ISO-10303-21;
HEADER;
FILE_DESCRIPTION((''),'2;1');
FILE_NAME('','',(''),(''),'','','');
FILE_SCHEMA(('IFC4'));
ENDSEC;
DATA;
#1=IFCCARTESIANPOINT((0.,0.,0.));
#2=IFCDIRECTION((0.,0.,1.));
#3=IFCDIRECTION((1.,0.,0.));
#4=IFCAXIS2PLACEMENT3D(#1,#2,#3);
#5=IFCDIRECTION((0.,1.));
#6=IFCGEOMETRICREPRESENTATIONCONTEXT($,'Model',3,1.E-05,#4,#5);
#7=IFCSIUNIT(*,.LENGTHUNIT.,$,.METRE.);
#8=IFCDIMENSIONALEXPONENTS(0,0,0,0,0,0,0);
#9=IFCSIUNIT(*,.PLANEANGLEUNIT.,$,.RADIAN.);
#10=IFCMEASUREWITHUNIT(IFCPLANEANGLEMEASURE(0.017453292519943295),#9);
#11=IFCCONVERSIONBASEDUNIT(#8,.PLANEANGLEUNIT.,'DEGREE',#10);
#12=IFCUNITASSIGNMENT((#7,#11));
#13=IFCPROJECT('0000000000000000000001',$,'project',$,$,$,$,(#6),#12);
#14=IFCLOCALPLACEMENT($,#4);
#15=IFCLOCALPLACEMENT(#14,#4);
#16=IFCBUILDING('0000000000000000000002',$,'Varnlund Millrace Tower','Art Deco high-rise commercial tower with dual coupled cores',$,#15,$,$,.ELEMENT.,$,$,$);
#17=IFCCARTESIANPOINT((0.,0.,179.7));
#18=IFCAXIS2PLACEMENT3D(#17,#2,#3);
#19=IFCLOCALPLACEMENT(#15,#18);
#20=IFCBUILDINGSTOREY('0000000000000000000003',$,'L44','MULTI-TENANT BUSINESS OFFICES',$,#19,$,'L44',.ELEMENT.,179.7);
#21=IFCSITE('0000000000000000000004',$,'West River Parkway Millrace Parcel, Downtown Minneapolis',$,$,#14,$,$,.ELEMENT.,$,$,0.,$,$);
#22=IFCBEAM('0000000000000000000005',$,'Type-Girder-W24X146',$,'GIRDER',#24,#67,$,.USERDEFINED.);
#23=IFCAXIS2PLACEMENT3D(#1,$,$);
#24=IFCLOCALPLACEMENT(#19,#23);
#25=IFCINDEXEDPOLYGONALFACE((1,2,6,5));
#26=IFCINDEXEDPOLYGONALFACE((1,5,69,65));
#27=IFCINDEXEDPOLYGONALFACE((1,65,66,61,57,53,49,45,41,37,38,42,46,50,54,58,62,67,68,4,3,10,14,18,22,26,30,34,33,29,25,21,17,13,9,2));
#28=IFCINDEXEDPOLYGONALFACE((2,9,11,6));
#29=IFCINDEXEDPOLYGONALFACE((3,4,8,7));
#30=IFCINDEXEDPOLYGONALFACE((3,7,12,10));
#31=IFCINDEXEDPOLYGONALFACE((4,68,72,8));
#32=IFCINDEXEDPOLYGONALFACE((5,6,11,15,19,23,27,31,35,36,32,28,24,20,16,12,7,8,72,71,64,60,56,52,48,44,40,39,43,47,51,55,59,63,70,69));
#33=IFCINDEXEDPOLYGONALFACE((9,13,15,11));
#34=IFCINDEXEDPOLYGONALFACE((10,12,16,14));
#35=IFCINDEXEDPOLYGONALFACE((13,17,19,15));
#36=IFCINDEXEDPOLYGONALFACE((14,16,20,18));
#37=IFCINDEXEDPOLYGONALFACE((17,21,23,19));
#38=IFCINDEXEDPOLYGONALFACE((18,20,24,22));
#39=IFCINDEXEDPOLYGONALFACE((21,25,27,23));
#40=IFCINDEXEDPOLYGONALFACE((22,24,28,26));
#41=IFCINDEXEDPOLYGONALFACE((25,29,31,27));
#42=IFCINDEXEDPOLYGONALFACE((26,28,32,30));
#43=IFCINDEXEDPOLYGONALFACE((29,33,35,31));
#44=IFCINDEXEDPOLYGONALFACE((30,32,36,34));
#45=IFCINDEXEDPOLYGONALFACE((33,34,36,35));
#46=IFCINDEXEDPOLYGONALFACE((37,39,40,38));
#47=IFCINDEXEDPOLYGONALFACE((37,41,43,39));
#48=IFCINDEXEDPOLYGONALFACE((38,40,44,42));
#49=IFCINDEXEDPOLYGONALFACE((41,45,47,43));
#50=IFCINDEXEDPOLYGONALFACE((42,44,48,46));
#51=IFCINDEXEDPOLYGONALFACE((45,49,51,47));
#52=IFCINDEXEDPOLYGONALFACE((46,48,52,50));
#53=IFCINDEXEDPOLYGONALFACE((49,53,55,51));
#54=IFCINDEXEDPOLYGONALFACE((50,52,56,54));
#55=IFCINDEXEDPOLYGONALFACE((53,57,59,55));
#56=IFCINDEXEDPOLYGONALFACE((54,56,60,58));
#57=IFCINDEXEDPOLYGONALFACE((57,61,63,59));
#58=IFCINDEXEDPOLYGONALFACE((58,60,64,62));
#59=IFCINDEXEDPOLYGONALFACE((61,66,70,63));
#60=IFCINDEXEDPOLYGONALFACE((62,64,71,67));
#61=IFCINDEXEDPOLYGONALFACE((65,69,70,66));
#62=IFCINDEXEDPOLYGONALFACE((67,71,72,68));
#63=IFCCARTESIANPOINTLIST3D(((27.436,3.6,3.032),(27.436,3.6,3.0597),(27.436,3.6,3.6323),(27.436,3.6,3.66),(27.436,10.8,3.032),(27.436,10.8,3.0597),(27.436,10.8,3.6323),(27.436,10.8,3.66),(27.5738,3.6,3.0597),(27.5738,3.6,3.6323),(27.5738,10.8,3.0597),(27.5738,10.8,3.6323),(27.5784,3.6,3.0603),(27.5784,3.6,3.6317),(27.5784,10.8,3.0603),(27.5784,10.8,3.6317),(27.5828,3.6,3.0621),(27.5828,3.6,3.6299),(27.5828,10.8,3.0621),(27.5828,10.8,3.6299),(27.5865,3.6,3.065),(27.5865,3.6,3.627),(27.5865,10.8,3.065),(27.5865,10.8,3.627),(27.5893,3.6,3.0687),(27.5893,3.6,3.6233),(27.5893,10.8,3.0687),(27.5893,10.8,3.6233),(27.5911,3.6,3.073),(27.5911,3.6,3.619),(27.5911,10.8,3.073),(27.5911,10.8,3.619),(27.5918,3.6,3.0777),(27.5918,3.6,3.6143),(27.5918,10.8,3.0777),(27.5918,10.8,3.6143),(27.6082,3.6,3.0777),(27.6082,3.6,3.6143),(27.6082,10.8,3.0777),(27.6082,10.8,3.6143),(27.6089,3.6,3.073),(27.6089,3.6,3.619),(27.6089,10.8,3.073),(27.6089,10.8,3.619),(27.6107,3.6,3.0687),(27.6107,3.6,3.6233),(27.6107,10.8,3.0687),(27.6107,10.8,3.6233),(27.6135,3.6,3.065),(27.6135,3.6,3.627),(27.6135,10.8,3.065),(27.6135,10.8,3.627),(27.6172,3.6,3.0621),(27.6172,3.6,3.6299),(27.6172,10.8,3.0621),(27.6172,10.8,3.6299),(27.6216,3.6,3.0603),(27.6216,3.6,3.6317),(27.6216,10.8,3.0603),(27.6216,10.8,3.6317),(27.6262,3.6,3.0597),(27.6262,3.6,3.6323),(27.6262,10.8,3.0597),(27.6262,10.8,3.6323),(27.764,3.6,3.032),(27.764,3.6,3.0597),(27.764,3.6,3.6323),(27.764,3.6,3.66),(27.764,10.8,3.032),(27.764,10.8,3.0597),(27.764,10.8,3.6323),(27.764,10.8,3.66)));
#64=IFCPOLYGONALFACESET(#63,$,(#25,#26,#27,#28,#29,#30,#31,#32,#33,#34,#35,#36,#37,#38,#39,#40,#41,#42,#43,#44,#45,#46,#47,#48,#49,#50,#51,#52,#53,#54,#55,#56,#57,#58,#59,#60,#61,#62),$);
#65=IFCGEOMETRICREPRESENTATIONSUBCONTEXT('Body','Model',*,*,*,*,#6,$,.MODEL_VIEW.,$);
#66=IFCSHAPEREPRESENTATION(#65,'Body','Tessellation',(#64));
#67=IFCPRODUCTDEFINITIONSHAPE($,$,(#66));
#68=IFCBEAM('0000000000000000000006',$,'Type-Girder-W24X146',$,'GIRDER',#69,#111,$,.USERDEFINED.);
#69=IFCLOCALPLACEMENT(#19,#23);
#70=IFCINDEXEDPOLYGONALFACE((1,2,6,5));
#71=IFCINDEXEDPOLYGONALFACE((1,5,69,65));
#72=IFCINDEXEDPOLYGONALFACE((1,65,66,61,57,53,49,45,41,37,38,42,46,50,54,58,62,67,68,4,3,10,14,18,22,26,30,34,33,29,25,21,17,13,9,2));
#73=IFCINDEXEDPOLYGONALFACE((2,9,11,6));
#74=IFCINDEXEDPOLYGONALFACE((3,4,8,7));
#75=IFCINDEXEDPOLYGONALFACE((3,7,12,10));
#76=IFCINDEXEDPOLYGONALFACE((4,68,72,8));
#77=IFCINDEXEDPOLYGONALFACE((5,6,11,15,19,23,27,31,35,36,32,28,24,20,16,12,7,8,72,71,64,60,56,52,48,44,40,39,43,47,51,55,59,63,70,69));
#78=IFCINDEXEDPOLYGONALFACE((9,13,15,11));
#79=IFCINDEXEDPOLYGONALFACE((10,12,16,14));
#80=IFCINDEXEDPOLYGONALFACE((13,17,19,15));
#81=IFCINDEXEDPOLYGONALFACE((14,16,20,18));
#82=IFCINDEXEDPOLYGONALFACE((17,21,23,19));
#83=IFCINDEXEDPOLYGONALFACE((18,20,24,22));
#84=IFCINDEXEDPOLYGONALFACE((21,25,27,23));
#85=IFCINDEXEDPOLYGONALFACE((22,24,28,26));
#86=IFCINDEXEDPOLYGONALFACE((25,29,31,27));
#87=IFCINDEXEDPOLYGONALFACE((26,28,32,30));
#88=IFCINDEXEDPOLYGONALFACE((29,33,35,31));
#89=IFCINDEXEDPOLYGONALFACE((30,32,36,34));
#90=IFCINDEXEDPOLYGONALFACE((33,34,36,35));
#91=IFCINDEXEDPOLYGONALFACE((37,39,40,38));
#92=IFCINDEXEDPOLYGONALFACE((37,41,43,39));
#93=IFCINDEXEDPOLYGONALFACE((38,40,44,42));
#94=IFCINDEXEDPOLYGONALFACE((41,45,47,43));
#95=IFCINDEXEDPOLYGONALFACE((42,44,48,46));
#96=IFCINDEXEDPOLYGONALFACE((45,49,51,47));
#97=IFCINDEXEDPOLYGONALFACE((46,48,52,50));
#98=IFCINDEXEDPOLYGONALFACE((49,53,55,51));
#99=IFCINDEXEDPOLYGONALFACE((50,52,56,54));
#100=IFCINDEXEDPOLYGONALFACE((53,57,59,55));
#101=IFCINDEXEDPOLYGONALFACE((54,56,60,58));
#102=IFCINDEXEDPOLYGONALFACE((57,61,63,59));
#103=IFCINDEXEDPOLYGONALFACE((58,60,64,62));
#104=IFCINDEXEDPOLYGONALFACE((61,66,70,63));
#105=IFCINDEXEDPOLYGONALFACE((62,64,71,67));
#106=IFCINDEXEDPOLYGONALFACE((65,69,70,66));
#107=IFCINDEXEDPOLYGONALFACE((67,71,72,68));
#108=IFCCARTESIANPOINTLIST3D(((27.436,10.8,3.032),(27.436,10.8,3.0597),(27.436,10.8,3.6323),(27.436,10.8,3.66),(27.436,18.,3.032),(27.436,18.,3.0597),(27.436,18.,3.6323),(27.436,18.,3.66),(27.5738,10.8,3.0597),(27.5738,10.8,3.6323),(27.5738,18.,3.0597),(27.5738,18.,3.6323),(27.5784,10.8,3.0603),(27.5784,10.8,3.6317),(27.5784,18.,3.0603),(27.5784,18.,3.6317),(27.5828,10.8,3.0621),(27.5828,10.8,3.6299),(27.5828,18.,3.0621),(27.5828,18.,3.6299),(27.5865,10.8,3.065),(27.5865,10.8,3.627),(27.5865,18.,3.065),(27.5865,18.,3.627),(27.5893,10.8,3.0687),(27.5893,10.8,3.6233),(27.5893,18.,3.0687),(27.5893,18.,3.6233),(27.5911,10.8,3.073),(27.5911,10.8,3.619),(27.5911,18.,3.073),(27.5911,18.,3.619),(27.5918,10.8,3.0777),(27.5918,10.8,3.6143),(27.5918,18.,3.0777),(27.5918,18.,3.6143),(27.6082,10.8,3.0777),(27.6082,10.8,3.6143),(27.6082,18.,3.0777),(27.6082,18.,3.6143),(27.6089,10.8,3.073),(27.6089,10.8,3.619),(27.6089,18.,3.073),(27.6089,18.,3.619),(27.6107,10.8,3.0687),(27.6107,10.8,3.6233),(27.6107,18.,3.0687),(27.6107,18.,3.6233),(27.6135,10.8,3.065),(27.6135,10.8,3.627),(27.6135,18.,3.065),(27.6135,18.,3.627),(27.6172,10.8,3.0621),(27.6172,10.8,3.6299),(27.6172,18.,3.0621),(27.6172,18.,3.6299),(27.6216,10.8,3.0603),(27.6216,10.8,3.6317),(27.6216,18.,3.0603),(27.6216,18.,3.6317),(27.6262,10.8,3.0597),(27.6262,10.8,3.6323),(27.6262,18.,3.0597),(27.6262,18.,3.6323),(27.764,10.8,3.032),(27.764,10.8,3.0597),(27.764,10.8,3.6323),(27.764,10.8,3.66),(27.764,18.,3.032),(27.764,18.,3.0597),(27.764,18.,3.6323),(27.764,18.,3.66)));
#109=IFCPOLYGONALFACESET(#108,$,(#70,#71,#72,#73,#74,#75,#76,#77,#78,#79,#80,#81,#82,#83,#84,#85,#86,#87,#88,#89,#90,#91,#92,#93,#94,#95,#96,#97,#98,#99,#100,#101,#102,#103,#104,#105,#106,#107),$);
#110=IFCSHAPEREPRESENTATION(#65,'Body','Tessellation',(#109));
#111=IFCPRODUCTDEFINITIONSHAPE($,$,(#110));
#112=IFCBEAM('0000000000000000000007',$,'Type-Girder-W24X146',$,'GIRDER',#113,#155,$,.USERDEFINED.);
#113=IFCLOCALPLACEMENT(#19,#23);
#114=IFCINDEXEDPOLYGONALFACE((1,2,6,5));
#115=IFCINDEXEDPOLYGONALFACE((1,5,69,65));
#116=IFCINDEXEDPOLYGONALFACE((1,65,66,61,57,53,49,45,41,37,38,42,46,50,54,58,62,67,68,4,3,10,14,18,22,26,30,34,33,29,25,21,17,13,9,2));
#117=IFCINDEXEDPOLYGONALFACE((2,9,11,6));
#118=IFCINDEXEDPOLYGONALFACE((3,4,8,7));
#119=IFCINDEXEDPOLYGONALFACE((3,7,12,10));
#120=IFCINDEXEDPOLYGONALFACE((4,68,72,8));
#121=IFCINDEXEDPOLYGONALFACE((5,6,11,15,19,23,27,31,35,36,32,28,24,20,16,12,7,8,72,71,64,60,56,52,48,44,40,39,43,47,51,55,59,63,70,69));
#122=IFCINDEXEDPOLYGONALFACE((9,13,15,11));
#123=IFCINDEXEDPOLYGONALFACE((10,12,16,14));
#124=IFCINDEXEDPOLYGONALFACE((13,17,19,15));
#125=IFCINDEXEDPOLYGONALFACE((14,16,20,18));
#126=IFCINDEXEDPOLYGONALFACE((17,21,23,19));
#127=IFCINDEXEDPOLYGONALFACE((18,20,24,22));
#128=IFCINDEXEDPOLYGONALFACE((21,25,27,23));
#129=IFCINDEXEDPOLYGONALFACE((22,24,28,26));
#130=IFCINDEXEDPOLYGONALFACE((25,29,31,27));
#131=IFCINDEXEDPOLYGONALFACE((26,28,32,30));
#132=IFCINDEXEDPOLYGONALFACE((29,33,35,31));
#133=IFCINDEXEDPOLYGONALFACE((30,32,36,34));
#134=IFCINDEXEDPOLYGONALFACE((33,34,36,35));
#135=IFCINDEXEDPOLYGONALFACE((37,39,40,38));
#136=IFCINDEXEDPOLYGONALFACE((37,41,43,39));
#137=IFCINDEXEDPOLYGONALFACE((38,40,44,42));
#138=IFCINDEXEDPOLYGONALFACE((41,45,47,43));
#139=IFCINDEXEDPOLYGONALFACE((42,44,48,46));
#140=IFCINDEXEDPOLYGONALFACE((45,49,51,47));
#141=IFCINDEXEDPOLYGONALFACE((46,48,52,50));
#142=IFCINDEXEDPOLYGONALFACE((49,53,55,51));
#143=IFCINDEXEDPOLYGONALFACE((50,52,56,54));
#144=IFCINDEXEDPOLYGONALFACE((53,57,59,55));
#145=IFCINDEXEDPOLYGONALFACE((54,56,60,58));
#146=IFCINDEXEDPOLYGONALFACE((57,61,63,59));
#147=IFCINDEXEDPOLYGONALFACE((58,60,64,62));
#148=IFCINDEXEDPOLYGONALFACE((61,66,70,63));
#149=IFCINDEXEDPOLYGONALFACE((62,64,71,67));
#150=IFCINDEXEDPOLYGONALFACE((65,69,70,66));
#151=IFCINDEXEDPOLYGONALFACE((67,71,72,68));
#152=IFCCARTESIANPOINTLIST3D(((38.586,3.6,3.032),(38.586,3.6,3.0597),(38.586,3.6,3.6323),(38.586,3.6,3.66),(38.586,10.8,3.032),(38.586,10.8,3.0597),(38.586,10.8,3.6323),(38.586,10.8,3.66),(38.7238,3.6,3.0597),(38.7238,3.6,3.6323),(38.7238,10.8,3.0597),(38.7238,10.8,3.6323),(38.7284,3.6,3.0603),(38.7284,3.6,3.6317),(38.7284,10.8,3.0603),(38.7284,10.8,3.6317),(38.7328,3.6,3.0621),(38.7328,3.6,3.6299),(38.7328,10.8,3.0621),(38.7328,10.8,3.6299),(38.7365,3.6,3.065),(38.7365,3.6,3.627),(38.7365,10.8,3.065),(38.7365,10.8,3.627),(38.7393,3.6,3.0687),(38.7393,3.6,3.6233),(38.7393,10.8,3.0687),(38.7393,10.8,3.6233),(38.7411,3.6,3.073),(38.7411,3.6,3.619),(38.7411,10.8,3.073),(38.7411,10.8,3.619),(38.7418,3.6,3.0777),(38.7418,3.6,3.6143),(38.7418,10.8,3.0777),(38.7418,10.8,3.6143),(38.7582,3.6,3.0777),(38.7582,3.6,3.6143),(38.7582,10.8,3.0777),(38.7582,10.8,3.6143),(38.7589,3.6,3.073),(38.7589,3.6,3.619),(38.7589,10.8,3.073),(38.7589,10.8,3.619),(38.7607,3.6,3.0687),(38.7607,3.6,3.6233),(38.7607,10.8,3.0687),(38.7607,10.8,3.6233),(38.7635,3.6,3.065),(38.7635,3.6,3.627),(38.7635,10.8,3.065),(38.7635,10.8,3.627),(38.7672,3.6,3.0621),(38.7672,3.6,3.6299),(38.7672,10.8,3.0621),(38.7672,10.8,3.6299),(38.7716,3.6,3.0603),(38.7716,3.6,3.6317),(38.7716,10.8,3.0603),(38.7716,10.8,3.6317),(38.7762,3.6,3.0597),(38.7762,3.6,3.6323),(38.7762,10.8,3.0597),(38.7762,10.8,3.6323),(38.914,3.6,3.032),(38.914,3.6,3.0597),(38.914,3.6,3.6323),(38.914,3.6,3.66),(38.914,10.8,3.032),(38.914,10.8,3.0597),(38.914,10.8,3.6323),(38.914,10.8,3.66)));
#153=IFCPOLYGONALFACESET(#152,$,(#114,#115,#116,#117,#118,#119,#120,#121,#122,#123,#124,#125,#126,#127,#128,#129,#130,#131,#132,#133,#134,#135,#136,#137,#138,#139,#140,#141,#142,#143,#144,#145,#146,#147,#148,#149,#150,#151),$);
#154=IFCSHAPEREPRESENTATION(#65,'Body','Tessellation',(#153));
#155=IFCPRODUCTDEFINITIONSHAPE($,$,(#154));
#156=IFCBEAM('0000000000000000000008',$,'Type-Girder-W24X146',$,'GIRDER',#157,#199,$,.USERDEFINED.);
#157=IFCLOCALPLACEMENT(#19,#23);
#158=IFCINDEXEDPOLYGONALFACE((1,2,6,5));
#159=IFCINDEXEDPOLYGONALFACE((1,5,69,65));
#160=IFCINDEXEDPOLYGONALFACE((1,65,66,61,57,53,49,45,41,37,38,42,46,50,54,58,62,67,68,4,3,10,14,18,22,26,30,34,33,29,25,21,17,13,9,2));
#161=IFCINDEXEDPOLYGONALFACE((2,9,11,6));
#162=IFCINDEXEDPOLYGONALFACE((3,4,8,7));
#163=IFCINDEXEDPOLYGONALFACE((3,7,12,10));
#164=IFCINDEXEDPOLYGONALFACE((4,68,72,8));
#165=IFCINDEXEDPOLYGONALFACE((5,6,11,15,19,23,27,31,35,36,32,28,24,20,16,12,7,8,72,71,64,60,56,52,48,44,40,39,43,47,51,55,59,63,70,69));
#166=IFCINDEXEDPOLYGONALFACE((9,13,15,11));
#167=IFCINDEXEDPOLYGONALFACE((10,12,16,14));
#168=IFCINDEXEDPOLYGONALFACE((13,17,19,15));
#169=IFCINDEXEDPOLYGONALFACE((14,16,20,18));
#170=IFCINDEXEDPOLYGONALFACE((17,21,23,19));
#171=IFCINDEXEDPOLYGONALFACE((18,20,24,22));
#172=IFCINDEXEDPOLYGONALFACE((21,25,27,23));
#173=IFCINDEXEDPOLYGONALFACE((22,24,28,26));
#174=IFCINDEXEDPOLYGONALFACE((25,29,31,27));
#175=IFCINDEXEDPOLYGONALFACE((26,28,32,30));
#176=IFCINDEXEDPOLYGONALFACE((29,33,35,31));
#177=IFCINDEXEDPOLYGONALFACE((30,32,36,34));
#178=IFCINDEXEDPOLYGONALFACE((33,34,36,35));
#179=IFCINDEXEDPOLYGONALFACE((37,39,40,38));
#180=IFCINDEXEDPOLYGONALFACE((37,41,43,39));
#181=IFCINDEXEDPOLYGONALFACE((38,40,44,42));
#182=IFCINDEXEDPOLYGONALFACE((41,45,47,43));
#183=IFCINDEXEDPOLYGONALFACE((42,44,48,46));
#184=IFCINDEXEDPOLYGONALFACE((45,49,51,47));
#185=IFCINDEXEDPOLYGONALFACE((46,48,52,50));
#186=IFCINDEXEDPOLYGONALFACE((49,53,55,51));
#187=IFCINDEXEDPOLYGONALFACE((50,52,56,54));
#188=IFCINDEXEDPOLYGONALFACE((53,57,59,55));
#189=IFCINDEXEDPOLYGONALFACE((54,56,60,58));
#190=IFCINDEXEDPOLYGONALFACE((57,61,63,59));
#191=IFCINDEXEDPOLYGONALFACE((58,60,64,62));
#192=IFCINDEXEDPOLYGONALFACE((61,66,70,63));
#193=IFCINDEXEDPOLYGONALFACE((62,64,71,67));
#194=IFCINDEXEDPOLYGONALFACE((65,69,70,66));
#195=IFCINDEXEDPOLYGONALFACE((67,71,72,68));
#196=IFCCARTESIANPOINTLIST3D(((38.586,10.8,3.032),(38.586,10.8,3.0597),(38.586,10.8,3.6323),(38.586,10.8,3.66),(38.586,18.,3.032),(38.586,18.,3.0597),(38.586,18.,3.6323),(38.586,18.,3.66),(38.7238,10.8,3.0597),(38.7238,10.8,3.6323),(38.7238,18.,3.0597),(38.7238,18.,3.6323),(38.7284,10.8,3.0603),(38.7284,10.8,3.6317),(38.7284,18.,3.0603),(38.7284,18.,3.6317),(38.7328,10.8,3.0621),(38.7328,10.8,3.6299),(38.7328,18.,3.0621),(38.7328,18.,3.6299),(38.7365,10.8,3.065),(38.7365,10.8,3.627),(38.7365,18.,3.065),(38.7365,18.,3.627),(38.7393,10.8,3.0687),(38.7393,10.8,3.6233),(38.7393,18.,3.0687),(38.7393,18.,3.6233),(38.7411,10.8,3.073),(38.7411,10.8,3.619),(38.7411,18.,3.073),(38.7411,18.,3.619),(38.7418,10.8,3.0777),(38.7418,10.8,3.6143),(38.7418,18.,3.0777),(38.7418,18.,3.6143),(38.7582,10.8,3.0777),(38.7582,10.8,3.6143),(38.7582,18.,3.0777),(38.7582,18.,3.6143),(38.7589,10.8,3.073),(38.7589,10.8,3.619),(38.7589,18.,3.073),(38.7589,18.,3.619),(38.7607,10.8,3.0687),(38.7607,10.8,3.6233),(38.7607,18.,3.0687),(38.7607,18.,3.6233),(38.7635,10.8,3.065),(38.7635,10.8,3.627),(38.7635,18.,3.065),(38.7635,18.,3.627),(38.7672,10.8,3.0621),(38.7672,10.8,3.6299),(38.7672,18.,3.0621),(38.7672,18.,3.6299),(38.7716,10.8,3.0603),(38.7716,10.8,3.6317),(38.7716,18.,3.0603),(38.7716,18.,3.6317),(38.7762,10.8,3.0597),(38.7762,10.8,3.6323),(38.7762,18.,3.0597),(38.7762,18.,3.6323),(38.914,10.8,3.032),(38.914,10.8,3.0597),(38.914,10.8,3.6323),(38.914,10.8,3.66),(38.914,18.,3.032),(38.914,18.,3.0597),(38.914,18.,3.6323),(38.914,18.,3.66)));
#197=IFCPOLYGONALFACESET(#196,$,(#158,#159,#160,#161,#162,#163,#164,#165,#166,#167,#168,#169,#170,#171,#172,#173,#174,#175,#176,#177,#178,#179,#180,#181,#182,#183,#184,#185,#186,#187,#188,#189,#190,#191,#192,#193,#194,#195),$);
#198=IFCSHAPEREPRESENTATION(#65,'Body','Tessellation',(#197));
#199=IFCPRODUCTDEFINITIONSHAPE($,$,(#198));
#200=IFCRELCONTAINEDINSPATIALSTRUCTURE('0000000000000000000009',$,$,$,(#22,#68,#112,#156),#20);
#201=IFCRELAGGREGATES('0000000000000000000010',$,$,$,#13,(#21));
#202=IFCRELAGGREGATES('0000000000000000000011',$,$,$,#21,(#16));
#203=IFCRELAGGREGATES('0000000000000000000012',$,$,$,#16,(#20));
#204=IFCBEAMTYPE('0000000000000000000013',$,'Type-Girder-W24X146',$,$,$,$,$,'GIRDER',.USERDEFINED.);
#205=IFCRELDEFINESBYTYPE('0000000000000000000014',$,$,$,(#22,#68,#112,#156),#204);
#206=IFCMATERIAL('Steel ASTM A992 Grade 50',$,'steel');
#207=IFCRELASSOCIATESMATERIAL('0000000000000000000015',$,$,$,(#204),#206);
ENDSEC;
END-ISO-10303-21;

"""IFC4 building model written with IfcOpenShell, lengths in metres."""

from ifc_helpers import new_model, entity, si_unit, converted_unit, direction, frame, origin_with_axes, origin_2d_with_axis, place, context, subcontext, project, spatial, i_section, extrude, material, material_profile, profile_set, type_object, element, save


model = new_model("IFC4")

# Units and contexts
model_context = context("Model", 3, precision=1e-05, world=origin_with_axes(), true_north=direction((0.0, 1.0)))
body_context = subcontext(model_context, "Body", "Model", "MODEL_VIEW")
ifc_project = project(units=[si_unit("LENGTHUNIT", "METRE"), converted_unit("PLANEANGLEUNIT", "DEGREE", entity("IfcPlaneAngleMeasure", 0.017453292519943295), si_unit("PLANEANGLEUNIT", "RADIAN"), dimensions=[0, 0, 0, 0, 0, 0, 0])], contexts=[model_context])

# Site, building, storey
site_placement = place(None, origin_with_axes())
site = spatial("IfcSite", under=ifc_project, at=site_placement, Name="West River Parkway Millrace Parcel, Downtown Minneapolis", CompositionType="ELEMENT", RefElevation=0.0)
building_placement = place(site_placement, origin_with_axes())
building = spatial("IfcBuilding", under=site, at=building_placement, Name="Varnlund Millrace Tower", Description="Art Deco high-rise commercial tower with dual coupled cores", CompositionType="ELEMENT")
storey_placement = place(building_placement, frame((0.0, 0.0, 179.7), z_axis=(0.0, 0.0, 1.0), x_axis=(1.0, 0.0, 0.0)))
storey = spatial("IfcBuildingStorey", under=building, at=storey_placement, Name="L44", Description="MULTI-TENANT BUSINESS OFFICES", LongName="L44", CompositionType="ELEMENT", Elevation=179.7)

# Beams
ifc_material_1 = material(Name="Steel ASTM A992 Grade 50", Category="steel")
ifc_material_profile_1 = material_profile(ifc_material_1, i_section(OverallWidth=0.328, OverallDepth=0.628, WebThickness=0.0165, FlangeThickness=0.0277, FilletRadius=0.018, at=origin_2d_with_axis()), Name="Steel ASTM A992 Grade 50")
ifc_profile_set_1 = profile_set([ifc_material_profile_1], Name="Steel ASTM A992 Grade 50")
beam_type_1 = type_object("IfcBeamType", Name="Type-Girder-W24X146", ElementType="GIRDER", PredefinedType="USERDEFINED", material=ifc_profile_set_1)
for number, where, z_axis, x_axis, name in (
    (1, (27.6, 3.6, 3.346), (0.0, 1.0, 0.0), (-1.0, 0.0, 0.0), "Type-Girder-W24X146"),
    (2, (27.6, 10.8, 3.346), (0.0, 1.0, 0.0), (-1.0, 0.0, 0.0), "Type-Girder-W24X146"),
    (3, (38.75, 3.6, 3.346), (0.0, 1.0, 0.0), (-1.0, 0.0, 0.0), "Type-Girder-W24X146"),
    (4, (38.75, 10.8, 3.346), (0.0, 1.0, 0.0), (-1.0, 0.0, 0.0), "Type-Girder-W24X146"),
):
    element("IfcBeam", number, at=place(storey_placement, frame(where, z_axis=z_axis, x_axis=x_axis)), inside=storey, type_object=beam_type_1, Name=name, ObjectType="GIRDER", PredefinedType="USERDEFINED", context=body_context, shape_type="SweptSolid", body=[
        extrude(i_section(OverallWidth=0.328, OverallDepth=0.628, WebThickness=0.0165, FlangeThickness=0.0277, FilletRadius=0.018, at=origin_2d_with_axis()), origin_with_axes(), (0.0, 0.0, 1.0), 7.2),
    ])

save(model, "model.ifc")
